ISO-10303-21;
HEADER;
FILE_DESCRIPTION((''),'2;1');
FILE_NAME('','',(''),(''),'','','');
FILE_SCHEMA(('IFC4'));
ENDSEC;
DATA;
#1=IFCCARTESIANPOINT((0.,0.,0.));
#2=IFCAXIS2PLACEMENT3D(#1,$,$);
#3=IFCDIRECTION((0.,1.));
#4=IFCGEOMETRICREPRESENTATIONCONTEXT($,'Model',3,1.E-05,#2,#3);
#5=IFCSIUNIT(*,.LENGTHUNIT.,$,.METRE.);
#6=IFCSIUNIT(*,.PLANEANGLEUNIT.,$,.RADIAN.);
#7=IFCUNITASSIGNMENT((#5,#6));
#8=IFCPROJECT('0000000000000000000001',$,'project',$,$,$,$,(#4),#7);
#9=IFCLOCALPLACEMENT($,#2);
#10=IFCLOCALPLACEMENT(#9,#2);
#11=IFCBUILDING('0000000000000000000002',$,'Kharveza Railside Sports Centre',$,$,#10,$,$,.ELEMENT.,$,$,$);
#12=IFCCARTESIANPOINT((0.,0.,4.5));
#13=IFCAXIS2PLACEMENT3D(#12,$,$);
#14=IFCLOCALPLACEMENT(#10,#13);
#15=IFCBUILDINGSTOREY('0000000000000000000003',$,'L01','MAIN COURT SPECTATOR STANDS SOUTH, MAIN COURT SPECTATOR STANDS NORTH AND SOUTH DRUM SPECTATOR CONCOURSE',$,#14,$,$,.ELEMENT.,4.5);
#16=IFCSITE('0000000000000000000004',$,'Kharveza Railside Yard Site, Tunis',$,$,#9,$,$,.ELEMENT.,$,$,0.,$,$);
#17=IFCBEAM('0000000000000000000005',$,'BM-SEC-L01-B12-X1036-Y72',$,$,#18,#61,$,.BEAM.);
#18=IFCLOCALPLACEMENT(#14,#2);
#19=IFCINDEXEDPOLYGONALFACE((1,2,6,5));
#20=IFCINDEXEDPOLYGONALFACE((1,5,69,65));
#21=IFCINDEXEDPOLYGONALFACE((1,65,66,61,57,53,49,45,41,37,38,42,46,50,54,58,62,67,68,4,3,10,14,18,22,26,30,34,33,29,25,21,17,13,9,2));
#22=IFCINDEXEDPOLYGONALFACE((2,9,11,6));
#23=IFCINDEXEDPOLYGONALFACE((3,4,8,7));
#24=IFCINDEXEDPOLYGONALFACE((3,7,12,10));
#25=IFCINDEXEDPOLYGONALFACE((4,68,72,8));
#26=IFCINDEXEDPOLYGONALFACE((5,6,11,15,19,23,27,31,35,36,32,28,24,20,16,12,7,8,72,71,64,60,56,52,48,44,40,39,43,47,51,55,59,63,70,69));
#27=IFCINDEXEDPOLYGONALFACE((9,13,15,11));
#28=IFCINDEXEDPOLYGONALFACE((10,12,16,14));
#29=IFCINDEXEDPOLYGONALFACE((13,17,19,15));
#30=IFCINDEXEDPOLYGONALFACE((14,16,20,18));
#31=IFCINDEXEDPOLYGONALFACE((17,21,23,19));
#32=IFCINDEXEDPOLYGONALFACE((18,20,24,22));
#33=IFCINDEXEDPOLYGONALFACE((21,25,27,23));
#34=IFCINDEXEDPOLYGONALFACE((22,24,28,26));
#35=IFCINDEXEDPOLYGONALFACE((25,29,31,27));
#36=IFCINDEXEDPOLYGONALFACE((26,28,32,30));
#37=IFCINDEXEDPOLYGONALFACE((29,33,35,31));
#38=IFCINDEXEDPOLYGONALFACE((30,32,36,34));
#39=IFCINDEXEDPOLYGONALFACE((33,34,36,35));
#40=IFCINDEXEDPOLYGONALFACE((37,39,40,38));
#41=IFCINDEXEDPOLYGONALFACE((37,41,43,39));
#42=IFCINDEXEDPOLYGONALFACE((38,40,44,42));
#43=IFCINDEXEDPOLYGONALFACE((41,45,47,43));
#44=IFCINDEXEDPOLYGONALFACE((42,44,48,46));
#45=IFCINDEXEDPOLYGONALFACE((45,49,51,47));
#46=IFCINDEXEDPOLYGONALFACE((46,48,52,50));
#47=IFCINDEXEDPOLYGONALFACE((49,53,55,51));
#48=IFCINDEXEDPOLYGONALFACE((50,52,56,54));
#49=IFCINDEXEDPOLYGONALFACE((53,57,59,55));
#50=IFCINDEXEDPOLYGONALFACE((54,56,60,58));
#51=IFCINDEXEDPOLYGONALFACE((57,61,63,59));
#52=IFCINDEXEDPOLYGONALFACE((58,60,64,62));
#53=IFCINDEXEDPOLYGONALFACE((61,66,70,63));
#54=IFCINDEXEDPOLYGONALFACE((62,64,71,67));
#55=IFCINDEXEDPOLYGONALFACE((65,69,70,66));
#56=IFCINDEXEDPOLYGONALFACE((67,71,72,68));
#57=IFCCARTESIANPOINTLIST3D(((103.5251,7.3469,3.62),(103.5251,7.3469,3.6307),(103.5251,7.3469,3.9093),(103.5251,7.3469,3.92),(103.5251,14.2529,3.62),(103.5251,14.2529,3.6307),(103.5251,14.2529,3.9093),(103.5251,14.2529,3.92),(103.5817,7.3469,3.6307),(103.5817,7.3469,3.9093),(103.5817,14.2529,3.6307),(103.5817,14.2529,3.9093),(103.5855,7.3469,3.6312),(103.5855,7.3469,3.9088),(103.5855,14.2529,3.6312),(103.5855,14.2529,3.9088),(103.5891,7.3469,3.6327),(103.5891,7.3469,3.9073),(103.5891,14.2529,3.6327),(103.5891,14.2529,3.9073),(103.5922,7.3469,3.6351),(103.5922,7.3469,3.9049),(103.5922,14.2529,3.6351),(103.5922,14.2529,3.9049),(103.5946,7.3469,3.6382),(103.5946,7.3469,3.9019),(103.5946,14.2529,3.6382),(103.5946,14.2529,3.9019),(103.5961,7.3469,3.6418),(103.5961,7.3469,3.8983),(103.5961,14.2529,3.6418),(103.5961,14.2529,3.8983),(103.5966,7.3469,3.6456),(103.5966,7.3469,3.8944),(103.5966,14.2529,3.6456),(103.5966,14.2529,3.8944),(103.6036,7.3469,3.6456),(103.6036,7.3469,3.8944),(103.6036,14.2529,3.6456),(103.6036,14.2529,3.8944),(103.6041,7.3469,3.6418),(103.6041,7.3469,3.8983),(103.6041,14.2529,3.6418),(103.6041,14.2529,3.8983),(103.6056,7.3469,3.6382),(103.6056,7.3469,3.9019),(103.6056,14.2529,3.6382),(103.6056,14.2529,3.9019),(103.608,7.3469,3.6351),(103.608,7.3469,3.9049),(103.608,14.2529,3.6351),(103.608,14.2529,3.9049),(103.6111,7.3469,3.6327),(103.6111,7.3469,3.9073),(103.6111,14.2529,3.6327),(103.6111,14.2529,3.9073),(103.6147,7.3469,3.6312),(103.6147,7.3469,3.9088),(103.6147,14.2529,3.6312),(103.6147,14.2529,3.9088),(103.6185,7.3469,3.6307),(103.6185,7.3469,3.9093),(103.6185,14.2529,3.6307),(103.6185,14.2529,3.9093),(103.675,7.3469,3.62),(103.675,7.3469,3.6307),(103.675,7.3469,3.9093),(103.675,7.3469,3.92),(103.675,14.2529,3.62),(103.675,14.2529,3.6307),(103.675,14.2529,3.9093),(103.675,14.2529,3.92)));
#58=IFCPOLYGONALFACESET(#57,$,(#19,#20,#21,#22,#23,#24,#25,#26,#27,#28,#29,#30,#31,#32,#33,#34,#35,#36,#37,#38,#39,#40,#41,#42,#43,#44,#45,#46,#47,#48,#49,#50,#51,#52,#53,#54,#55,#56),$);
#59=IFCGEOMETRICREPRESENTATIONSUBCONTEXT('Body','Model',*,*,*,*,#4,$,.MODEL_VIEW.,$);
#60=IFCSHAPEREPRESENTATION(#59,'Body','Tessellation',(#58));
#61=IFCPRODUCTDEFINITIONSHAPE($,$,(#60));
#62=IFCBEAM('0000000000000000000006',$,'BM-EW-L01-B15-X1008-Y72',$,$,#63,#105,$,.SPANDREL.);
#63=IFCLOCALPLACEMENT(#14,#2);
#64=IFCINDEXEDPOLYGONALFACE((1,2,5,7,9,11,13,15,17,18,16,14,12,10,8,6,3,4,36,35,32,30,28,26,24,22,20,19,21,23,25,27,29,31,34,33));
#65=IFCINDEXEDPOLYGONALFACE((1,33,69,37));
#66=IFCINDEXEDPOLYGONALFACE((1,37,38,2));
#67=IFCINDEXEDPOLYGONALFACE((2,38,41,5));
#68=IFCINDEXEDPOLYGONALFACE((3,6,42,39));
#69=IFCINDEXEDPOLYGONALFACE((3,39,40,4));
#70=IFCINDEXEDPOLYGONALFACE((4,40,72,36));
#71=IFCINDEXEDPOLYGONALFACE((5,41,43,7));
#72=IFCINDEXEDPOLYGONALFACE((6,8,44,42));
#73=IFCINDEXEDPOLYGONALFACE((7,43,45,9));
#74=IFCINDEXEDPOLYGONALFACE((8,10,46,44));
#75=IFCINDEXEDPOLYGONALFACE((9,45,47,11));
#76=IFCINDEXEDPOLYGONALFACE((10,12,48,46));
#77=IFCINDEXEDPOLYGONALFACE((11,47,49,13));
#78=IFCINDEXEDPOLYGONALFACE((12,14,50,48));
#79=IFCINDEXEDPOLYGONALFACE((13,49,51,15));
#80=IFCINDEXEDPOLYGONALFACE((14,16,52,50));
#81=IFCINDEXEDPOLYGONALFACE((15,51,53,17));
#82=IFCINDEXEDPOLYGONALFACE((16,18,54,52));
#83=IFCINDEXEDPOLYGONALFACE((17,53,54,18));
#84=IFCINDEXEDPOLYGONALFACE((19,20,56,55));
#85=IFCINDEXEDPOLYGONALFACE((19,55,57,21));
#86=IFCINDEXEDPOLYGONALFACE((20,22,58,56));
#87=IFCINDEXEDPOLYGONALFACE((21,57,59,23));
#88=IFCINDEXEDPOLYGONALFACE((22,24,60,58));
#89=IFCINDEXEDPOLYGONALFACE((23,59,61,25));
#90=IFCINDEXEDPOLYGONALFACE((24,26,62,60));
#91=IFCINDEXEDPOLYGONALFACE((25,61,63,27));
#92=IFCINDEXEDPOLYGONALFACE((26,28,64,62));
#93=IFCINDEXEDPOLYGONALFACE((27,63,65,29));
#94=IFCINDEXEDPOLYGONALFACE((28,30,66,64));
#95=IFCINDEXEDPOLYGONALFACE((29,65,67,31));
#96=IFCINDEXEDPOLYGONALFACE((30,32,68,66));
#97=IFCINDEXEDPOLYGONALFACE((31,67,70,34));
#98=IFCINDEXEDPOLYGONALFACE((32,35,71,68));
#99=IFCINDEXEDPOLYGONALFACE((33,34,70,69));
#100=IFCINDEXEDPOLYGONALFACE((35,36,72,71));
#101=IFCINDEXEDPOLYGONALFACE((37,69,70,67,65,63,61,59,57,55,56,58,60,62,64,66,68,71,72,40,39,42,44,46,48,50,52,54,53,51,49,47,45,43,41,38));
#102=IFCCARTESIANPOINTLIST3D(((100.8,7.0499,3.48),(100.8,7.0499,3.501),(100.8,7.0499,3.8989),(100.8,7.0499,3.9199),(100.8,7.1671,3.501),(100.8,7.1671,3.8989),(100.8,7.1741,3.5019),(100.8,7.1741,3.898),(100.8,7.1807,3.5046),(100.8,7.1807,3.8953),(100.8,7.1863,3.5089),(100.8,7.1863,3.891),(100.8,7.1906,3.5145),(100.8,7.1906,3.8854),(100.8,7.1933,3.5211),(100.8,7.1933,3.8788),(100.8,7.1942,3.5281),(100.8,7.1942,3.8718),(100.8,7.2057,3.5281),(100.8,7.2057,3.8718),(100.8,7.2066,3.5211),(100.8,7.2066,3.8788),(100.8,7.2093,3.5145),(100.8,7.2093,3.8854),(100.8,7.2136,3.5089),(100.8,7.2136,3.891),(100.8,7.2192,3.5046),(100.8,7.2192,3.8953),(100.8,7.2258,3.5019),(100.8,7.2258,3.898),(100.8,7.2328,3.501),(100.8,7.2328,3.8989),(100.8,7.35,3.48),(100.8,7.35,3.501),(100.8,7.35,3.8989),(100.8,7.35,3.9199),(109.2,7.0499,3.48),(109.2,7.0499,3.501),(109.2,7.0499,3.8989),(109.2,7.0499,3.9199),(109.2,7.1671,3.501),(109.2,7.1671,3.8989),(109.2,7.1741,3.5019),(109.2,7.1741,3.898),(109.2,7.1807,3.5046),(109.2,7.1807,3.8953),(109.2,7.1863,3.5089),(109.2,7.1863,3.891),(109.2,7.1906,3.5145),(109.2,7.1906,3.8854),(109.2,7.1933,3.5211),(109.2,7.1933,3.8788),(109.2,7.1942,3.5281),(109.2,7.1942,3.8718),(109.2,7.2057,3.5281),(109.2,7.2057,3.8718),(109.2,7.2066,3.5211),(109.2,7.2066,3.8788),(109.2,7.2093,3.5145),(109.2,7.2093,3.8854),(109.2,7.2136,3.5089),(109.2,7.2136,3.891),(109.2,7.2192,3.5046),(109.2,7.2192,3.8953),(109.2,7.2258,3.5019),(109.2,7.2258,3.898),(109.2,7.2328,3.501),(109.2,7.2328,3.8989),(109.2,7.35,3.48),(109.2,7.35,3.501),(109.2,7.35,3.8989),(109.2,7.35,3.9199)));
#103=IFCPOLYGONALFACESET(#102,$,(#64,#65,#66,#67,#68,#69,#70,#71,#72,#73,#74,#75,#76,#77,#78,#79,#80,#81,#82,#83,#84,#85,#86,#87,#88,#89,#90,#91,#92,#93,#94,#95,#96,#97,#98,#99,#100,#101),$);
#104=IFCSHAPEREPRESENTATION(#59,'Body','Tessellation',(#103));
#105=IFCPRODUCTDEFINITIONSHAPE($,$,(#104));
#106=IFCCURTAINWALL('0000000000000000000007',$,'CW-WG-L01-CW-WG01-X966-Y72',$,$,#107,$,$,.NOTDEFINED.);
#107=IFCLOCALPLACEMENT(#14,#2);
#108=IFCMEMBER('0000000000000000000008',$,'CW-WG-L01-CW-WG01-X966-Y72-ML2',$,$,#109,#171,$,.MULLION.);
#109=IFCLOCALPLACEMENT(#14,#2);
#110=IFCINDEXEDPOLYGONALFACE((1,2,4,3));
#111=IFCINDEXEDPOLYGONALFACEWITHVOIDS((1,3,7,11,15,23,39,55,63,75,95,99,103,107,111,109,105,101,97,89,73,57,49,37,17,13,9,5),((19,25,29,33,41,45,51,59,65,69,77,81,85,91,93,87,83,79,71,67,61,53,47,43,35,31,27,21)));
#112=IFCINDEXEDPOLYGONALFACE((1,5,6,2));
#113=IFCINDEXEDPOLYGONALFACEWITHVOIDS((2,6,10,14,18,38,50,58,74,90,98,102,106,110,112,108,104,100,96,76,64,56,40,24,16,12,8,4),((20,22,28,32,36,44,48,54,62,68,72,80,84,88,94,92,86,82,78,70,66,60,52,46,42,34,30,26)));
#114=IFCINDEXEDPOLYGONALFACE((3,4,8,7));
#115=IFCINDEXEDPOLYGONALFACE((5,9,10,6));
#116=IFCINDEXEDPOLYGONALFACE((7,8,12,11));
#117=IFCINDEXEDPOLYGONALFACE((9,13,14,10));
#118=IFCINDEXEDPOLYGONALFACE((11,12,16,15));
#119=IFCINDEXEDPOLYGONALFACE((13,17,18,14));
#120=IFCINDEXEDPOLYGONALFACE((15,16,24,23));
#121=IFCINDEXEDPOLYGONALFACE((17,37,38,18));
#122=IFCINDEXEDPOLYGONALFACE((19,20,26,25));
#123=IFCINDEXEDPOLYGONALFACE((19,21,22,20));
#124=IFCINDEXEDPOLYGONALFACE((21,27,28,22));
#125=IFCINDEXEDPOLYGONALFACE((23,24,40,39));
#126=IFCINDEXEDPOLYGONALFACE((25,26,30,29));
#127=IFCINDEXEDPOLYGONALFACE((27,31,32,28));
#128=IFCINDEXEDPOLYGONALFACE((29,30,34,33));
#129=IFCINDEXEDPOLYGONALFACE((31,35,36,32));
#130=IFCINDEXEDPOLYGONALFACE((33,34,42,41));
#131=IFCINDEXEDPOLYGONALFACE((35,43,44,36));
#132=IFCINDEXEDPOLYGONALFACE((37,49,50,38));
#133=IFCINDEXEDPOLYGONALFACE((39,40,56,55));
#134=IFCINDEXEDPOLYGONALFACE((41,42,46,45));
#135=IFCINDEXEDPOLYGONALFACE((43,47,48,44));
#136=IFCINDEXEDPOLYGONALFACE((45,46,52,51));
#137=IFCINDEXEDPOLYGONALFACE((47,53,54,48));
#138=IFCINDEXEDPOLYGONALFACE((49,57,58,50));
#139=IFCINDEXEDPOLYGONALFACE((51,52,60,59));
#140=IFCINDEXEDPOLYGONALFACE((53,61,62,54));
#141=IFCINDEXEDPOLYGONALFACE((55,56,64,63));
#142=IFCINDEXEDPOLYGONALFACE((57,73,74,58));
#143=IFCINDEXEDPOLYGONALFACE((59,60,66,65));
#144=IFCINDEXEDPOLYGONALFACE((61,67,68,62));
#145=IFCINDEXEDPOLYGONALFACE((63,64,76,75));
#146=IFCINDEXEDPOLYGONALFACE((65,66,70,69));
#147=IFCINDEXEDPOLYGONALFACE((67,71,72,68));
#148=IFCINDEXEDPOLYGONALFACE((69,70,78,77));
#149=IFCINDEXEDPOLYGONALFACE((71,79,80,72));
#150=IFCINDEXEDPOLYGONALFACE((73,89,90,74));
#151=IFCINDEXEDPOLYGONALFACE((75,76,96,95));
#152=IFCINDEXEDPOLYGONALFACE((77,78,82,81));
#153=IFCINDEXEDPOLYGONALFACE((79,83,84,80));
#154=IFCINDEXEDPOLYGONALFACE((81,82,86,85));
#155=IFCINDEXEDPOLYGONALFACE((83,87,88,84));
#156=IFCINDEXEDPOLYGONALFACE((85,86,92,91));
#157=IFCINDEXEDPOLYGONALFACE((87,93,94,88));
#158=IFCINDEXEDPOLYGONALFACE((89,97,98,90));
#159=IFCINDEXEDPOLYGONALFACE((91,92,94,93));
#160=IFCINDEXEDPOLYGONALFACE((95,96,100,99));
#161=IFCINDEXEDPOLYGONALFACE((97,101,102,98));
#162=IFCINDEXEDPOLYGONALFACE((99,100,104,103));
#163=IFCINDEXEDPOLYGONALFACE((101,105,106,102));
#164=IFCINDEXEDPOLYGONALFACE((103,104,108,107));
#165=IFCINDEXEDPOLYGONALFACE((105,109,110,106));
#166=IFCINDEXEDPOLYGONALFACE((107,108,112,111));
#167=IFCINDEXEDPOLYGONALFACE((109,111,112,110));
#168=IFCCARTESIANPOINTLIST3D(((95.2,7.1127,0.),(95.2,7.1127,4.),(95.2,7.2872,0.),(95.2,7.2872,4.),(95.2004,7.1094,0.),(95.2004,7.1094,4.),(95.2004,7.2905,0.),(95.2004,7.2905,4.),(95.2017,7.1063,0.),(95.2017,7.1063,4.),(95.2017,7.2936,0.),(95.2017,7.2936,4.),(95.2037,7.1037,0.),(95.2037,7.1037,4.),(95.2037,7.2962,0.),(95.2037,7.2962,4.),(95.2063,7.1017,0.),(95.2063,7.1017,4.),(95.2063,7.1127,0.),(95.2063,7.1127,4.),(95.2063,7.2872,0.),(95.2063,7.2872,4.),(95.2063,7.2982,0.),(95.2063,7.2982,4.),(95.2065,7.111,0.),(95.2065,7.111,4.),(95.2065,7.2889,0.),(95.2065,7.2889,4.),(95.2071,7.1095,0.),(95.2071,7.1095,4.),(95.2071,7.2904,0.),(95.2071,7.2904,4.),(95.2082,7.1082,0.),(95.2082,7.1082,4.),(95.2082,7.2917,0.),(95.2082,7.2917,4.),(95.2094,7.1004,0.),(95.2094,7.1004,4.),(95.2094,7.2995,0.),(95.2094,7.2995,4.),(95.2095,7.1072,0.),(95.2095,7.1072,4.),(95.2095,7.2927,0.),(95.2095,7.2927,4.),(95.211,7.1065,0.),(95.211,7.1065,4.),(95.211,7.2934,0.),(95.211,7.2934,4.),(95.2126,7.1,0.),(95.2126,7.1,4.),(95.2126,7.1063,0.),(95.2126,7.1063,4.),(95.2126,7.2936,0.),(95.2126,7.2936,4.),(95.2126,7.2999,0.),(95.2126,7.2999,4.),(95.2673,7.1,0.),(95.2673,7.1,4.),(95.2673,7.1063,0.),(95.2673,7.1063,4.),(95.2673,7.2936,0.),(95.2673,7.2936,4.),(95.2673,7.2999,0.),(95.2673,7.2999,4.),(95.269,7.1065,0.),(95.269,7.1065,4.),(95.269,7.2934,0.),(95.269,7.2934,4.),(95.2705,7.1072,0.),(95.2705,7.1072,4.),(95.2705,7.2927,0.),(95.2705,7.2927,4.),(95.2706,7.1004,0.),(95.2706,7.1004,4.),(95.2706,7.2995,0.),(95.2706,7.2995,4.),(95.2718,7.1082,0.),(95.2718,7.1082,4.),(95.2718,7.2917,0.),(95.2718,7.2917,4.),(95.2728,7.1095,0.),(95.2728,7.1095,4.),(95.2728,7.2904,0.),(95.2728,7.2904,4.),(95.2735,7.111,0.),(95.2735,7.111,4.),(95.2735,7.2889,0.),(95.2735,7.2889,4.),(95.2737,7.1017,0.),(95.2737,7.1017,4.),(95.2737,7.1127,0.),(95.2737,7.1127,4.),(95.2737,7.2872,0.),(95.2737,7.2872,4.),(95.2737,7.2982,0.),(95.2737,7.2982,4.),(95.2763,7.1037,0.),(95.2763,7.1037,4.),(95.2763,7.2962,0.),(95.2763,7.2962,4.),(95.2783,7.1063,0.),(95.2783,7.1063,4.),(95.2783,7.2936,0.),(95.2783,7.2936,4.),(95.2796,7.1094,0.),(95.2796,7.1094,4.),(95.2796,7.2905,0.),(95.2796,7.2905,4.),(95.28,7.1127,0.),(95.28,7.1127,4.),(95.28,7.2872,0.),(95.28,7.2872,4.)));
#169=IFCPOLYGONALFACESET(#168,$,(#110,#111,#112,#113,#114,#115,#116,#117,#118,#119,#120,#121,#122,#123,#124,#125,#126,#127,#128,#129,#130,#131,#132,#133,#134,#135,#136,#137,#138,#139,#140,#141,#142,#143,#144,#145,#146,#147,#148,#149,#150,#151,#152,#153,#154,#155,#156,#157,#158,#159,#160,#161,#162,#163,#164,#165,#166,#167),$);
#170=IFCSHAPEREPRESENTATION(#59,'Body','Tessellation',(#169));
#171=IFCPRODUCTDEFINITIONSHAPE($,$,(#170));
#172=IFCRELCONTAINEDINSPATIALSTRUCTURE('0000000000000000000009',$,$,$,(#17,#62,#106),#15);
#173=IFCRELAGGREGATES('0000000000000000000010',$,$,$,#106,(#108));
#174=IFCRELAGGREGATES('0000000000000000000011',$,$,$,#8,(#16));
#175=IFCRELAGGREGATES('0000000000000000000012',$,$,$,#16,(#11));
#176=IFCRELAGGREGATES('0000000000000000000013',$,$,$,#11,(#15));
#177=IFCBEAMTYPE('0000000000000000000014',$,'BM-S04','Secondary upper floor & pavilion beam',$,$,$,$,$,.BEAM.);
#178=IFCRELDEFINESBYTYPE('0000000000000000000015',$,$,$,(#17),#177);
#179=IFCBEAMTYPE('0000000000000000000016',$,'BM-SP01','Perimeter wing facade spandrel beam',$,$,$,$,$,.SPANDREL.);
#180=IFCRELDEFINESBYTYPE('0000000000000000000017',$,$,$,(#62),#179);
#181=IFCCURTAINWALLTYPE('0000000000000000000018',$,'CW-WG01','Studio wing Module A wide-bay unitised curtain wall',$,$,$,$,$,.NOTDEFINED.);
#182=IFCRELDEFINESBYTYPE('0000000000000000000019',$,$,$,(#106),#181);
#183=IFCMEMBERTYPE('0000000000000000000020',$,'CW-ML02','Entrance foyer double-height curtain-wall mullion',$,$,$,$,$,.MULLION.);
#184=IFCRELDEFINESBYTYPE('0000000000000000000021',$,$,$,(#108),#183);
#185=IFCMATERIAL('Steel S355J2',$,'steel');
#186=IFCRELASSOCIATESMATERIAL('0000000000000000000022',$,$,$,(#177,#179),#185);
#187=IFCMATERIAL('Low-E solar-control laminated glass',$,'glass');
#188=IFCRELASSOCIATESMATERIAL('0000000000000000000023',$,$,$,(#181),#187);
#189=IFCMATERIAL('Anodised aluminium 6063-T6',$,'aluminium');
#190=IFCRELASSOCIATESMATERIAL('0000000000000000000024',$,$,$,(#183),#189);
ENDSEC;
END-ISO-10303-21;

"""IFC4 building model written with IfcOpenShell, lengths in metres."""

from ifc_helpers import new_model, si_unit, direction, frame, origin, origin_2d, place, context, subcontext, project, spatial, hollow_rectangle, i_section, extrude, material, material_profile, profile_set, type_object, element, aggregate, save


model = new_model("IFC4")

# Units and contexts
model_context = context("Model", 3, precision=1e-05, world=origin(), true_north=direction((0.0, 1.0)))
body_context = subcontext(model_context, "Body", "Model", "MODEL_VIEW")
ifc_project = project(units=[si_unit("LENGTHUNIT", "METRE"), si_unit("PLANEANGLEUNIT", "RADIAN")], contexts=[model_context])

# Site, building, storey
site_placement = place(None, origin())
site = spatial("IfcSite", under=ifc_project, at=site_placement, Name="Kharveza Railside Yard Site, Tunis", CompositionType="ELEMENT", RefElevation=0.0)
building_placement = place(site_placement, origin())
building = spatial("IfcBuilding", under=site, at=building_placement, Name="Kharveza Railside Sports Centre", CompositionType="ELEMENT")
storey_placement = place(building_placement, frame((0.0, 0.0, 4.5)))
storey = spatial("IfcBuildingStorey", under=building, at=storey_placement, Name="L01", Description="MAIN COURT SPECTATOR STANDS SOUTH, MAIN COURT SPECTATOR STANDS NORTH AND SOUTH DRUM SPECTATOR CONCOURSE", CompositionType="ELEMENT", Elevation=4.5)

# Shared definitions
ifc_material_1 = material(Name="Steel S355J2", Category="steel")

# Beams
ifc_material_profile_1 = material_profile(ifc_material_1, i_section(OverallWidth=0.1499, OverallDepth=0.3, WebThickness=0.0071, FlangeThickness=0.0107, FilletRadius=0.0149, at=origin_2d()), Name="IPE 300")
ifc_profile_set_1 = profile_set([ifc_material_profile_1], Name="Steel S355J2")
beam_type_1 = type_object("IfcBeamType", Name="BM-S04", Description="Secondary upper floor & pavilion beam", PredefinedType="BEAM", material=ifc_profile_set_1)
for number, where, z_axis, x_axis, name in (
    (1, (103.6001, 7.3469, 3.77), (0.0, 1.0, 0.0), (-1.0, 0.0, 0.0), "BM-SEC-L01-B12-X1036-Y72"),
):
    element("IfcBeam", number, at=place(storey_placement, frame(where, z_axis=z_axis, x_axis=x_axis)), inside=storey, type_object=beam_type_1, Name=name, PredefinedType="BEAM", context=body_context, shape_type="SweptSolid", body=[
        extrude(i_section(OverallWidth=0.1499, OverallDepth=0.3, WebThickness=0.0071, FlangeThickness=0.0107, FilletRadius=0.0149, at=origin_2d()), origin(), (0.0, 0.0, 1.0), 6.906),
    ])
ifc_material_profile_2 = material_profile(ifc_material_1, i_section(OverallWidth=0.3, OverallDepth=0.4399, WebThickness=0.0115, FlangeThickness=0.021, FilletRadius=0.0271, at=origin_2d()), Name="HEA 450")
ifc_profile_set_2 = profile_set([ifc_material_profile_2], Name="Steel S355J2")
beam_type_2 = type_object("IfcBeamType", Name="BM-SP01", Description="Perimeter wing facade spandrel beam", PredefinedType="SPANDREL", material=ifc_profile_set_2)
beam_1_placement = place(storey_placement, frame((100.8, 7.2, 3.7), z_axis=(1.0, 0.0, 0.0), x_axis=(0.0, 1.0, 0.0)))
element("IfcBeam", 2, at=beam_1_placement, inside=storey, type_object=beam_type_2, Name="BM-EW-L01-B15-X1008-Y72", PredefinedType="SPANDREL", context=body_context, shape_type="SweptSolid", body=[
    extrude(i_section(OverallWidth=0.3, OverallDepth=0.4399, WebThickness=0.0115, FlangeThickness=0.021, FilletRadius=0.0271, at=origin_2d()), origin(), (0.0, 0.0, 1.0), 8.3999),
])

# Curtain wall, member
ifc_material_2 = material(Name="Low-E solar-control laminated glass", Category="glass")
curtain_wall_type = type_object("IfcCurtainWallType", Name="CW-WG01", Description="Studio wing Module A wide-bay unitised curtain wall", PredefinedType="NOTDEFINED", material=ifc_material_2)
curtain_wall_1_placement = place(storey_placement, origin())
curtain_wall_1 = element("IfcCurtainWall", 3, at=curtain_wall_1_placement, inside=storey, type_object=curtain_wall_type, Name="CW-WG-L01-CW-WG01-X966-Y72", PredefinedType="NOTDEFINED")
ifc_material_3 = material(Name="Anodised aluminium 6063-T6", Category="aluminium")
ifc_material_profile_3 = material_profile(ifc_material_3, hollow_rectangle(XDim=0.0801, YDim=0.2, WallThickness=0.0063, InnerFilletRadius=0.0063, OuterFilletRadius=0.0127, at=origin_2d()), Name="RHS 80x200x6.3")
ifc_profile_set_3 = profile_set([ifc_material_profile_3], Name="Anodised aluminium 6063-T6")
member_type_1 = type_object("IfcMemberType", Name="CW-ML02", Description="Entrance foyer double-height curtain-wall mullion", PredefinedType="MULLION", material=ifc_profile_set_3)
member_1_placement = place(storey_placement, frame((95.24, 7.2, 0.0), z_axis=(0.0, 0.0, 1.0), x_axis=(1.0, 0.0, 0.0)))
member_1 = element("IfcMember", 4, at=member_1_placement, type_object=member_type_1, Name="CW-WG-L01-CW-WG01-X966-Y72-ML2", PredefinedType="MULLION", context=body_context, shape_type="SweptSolid", body=[
    extrude(hollow_rectangle(XDim=0.0801, YDim=0.2, WallThickness=0.0063, InnerFilletRadius=0.0063, OuterFilletRadius=0.0127, at=origin_2d()), origin(), (0.0, 0.0, 1.0), 4.0),
])

aggregate(curtain_wall_1, [member_1])

save(model, "model.ifc")
